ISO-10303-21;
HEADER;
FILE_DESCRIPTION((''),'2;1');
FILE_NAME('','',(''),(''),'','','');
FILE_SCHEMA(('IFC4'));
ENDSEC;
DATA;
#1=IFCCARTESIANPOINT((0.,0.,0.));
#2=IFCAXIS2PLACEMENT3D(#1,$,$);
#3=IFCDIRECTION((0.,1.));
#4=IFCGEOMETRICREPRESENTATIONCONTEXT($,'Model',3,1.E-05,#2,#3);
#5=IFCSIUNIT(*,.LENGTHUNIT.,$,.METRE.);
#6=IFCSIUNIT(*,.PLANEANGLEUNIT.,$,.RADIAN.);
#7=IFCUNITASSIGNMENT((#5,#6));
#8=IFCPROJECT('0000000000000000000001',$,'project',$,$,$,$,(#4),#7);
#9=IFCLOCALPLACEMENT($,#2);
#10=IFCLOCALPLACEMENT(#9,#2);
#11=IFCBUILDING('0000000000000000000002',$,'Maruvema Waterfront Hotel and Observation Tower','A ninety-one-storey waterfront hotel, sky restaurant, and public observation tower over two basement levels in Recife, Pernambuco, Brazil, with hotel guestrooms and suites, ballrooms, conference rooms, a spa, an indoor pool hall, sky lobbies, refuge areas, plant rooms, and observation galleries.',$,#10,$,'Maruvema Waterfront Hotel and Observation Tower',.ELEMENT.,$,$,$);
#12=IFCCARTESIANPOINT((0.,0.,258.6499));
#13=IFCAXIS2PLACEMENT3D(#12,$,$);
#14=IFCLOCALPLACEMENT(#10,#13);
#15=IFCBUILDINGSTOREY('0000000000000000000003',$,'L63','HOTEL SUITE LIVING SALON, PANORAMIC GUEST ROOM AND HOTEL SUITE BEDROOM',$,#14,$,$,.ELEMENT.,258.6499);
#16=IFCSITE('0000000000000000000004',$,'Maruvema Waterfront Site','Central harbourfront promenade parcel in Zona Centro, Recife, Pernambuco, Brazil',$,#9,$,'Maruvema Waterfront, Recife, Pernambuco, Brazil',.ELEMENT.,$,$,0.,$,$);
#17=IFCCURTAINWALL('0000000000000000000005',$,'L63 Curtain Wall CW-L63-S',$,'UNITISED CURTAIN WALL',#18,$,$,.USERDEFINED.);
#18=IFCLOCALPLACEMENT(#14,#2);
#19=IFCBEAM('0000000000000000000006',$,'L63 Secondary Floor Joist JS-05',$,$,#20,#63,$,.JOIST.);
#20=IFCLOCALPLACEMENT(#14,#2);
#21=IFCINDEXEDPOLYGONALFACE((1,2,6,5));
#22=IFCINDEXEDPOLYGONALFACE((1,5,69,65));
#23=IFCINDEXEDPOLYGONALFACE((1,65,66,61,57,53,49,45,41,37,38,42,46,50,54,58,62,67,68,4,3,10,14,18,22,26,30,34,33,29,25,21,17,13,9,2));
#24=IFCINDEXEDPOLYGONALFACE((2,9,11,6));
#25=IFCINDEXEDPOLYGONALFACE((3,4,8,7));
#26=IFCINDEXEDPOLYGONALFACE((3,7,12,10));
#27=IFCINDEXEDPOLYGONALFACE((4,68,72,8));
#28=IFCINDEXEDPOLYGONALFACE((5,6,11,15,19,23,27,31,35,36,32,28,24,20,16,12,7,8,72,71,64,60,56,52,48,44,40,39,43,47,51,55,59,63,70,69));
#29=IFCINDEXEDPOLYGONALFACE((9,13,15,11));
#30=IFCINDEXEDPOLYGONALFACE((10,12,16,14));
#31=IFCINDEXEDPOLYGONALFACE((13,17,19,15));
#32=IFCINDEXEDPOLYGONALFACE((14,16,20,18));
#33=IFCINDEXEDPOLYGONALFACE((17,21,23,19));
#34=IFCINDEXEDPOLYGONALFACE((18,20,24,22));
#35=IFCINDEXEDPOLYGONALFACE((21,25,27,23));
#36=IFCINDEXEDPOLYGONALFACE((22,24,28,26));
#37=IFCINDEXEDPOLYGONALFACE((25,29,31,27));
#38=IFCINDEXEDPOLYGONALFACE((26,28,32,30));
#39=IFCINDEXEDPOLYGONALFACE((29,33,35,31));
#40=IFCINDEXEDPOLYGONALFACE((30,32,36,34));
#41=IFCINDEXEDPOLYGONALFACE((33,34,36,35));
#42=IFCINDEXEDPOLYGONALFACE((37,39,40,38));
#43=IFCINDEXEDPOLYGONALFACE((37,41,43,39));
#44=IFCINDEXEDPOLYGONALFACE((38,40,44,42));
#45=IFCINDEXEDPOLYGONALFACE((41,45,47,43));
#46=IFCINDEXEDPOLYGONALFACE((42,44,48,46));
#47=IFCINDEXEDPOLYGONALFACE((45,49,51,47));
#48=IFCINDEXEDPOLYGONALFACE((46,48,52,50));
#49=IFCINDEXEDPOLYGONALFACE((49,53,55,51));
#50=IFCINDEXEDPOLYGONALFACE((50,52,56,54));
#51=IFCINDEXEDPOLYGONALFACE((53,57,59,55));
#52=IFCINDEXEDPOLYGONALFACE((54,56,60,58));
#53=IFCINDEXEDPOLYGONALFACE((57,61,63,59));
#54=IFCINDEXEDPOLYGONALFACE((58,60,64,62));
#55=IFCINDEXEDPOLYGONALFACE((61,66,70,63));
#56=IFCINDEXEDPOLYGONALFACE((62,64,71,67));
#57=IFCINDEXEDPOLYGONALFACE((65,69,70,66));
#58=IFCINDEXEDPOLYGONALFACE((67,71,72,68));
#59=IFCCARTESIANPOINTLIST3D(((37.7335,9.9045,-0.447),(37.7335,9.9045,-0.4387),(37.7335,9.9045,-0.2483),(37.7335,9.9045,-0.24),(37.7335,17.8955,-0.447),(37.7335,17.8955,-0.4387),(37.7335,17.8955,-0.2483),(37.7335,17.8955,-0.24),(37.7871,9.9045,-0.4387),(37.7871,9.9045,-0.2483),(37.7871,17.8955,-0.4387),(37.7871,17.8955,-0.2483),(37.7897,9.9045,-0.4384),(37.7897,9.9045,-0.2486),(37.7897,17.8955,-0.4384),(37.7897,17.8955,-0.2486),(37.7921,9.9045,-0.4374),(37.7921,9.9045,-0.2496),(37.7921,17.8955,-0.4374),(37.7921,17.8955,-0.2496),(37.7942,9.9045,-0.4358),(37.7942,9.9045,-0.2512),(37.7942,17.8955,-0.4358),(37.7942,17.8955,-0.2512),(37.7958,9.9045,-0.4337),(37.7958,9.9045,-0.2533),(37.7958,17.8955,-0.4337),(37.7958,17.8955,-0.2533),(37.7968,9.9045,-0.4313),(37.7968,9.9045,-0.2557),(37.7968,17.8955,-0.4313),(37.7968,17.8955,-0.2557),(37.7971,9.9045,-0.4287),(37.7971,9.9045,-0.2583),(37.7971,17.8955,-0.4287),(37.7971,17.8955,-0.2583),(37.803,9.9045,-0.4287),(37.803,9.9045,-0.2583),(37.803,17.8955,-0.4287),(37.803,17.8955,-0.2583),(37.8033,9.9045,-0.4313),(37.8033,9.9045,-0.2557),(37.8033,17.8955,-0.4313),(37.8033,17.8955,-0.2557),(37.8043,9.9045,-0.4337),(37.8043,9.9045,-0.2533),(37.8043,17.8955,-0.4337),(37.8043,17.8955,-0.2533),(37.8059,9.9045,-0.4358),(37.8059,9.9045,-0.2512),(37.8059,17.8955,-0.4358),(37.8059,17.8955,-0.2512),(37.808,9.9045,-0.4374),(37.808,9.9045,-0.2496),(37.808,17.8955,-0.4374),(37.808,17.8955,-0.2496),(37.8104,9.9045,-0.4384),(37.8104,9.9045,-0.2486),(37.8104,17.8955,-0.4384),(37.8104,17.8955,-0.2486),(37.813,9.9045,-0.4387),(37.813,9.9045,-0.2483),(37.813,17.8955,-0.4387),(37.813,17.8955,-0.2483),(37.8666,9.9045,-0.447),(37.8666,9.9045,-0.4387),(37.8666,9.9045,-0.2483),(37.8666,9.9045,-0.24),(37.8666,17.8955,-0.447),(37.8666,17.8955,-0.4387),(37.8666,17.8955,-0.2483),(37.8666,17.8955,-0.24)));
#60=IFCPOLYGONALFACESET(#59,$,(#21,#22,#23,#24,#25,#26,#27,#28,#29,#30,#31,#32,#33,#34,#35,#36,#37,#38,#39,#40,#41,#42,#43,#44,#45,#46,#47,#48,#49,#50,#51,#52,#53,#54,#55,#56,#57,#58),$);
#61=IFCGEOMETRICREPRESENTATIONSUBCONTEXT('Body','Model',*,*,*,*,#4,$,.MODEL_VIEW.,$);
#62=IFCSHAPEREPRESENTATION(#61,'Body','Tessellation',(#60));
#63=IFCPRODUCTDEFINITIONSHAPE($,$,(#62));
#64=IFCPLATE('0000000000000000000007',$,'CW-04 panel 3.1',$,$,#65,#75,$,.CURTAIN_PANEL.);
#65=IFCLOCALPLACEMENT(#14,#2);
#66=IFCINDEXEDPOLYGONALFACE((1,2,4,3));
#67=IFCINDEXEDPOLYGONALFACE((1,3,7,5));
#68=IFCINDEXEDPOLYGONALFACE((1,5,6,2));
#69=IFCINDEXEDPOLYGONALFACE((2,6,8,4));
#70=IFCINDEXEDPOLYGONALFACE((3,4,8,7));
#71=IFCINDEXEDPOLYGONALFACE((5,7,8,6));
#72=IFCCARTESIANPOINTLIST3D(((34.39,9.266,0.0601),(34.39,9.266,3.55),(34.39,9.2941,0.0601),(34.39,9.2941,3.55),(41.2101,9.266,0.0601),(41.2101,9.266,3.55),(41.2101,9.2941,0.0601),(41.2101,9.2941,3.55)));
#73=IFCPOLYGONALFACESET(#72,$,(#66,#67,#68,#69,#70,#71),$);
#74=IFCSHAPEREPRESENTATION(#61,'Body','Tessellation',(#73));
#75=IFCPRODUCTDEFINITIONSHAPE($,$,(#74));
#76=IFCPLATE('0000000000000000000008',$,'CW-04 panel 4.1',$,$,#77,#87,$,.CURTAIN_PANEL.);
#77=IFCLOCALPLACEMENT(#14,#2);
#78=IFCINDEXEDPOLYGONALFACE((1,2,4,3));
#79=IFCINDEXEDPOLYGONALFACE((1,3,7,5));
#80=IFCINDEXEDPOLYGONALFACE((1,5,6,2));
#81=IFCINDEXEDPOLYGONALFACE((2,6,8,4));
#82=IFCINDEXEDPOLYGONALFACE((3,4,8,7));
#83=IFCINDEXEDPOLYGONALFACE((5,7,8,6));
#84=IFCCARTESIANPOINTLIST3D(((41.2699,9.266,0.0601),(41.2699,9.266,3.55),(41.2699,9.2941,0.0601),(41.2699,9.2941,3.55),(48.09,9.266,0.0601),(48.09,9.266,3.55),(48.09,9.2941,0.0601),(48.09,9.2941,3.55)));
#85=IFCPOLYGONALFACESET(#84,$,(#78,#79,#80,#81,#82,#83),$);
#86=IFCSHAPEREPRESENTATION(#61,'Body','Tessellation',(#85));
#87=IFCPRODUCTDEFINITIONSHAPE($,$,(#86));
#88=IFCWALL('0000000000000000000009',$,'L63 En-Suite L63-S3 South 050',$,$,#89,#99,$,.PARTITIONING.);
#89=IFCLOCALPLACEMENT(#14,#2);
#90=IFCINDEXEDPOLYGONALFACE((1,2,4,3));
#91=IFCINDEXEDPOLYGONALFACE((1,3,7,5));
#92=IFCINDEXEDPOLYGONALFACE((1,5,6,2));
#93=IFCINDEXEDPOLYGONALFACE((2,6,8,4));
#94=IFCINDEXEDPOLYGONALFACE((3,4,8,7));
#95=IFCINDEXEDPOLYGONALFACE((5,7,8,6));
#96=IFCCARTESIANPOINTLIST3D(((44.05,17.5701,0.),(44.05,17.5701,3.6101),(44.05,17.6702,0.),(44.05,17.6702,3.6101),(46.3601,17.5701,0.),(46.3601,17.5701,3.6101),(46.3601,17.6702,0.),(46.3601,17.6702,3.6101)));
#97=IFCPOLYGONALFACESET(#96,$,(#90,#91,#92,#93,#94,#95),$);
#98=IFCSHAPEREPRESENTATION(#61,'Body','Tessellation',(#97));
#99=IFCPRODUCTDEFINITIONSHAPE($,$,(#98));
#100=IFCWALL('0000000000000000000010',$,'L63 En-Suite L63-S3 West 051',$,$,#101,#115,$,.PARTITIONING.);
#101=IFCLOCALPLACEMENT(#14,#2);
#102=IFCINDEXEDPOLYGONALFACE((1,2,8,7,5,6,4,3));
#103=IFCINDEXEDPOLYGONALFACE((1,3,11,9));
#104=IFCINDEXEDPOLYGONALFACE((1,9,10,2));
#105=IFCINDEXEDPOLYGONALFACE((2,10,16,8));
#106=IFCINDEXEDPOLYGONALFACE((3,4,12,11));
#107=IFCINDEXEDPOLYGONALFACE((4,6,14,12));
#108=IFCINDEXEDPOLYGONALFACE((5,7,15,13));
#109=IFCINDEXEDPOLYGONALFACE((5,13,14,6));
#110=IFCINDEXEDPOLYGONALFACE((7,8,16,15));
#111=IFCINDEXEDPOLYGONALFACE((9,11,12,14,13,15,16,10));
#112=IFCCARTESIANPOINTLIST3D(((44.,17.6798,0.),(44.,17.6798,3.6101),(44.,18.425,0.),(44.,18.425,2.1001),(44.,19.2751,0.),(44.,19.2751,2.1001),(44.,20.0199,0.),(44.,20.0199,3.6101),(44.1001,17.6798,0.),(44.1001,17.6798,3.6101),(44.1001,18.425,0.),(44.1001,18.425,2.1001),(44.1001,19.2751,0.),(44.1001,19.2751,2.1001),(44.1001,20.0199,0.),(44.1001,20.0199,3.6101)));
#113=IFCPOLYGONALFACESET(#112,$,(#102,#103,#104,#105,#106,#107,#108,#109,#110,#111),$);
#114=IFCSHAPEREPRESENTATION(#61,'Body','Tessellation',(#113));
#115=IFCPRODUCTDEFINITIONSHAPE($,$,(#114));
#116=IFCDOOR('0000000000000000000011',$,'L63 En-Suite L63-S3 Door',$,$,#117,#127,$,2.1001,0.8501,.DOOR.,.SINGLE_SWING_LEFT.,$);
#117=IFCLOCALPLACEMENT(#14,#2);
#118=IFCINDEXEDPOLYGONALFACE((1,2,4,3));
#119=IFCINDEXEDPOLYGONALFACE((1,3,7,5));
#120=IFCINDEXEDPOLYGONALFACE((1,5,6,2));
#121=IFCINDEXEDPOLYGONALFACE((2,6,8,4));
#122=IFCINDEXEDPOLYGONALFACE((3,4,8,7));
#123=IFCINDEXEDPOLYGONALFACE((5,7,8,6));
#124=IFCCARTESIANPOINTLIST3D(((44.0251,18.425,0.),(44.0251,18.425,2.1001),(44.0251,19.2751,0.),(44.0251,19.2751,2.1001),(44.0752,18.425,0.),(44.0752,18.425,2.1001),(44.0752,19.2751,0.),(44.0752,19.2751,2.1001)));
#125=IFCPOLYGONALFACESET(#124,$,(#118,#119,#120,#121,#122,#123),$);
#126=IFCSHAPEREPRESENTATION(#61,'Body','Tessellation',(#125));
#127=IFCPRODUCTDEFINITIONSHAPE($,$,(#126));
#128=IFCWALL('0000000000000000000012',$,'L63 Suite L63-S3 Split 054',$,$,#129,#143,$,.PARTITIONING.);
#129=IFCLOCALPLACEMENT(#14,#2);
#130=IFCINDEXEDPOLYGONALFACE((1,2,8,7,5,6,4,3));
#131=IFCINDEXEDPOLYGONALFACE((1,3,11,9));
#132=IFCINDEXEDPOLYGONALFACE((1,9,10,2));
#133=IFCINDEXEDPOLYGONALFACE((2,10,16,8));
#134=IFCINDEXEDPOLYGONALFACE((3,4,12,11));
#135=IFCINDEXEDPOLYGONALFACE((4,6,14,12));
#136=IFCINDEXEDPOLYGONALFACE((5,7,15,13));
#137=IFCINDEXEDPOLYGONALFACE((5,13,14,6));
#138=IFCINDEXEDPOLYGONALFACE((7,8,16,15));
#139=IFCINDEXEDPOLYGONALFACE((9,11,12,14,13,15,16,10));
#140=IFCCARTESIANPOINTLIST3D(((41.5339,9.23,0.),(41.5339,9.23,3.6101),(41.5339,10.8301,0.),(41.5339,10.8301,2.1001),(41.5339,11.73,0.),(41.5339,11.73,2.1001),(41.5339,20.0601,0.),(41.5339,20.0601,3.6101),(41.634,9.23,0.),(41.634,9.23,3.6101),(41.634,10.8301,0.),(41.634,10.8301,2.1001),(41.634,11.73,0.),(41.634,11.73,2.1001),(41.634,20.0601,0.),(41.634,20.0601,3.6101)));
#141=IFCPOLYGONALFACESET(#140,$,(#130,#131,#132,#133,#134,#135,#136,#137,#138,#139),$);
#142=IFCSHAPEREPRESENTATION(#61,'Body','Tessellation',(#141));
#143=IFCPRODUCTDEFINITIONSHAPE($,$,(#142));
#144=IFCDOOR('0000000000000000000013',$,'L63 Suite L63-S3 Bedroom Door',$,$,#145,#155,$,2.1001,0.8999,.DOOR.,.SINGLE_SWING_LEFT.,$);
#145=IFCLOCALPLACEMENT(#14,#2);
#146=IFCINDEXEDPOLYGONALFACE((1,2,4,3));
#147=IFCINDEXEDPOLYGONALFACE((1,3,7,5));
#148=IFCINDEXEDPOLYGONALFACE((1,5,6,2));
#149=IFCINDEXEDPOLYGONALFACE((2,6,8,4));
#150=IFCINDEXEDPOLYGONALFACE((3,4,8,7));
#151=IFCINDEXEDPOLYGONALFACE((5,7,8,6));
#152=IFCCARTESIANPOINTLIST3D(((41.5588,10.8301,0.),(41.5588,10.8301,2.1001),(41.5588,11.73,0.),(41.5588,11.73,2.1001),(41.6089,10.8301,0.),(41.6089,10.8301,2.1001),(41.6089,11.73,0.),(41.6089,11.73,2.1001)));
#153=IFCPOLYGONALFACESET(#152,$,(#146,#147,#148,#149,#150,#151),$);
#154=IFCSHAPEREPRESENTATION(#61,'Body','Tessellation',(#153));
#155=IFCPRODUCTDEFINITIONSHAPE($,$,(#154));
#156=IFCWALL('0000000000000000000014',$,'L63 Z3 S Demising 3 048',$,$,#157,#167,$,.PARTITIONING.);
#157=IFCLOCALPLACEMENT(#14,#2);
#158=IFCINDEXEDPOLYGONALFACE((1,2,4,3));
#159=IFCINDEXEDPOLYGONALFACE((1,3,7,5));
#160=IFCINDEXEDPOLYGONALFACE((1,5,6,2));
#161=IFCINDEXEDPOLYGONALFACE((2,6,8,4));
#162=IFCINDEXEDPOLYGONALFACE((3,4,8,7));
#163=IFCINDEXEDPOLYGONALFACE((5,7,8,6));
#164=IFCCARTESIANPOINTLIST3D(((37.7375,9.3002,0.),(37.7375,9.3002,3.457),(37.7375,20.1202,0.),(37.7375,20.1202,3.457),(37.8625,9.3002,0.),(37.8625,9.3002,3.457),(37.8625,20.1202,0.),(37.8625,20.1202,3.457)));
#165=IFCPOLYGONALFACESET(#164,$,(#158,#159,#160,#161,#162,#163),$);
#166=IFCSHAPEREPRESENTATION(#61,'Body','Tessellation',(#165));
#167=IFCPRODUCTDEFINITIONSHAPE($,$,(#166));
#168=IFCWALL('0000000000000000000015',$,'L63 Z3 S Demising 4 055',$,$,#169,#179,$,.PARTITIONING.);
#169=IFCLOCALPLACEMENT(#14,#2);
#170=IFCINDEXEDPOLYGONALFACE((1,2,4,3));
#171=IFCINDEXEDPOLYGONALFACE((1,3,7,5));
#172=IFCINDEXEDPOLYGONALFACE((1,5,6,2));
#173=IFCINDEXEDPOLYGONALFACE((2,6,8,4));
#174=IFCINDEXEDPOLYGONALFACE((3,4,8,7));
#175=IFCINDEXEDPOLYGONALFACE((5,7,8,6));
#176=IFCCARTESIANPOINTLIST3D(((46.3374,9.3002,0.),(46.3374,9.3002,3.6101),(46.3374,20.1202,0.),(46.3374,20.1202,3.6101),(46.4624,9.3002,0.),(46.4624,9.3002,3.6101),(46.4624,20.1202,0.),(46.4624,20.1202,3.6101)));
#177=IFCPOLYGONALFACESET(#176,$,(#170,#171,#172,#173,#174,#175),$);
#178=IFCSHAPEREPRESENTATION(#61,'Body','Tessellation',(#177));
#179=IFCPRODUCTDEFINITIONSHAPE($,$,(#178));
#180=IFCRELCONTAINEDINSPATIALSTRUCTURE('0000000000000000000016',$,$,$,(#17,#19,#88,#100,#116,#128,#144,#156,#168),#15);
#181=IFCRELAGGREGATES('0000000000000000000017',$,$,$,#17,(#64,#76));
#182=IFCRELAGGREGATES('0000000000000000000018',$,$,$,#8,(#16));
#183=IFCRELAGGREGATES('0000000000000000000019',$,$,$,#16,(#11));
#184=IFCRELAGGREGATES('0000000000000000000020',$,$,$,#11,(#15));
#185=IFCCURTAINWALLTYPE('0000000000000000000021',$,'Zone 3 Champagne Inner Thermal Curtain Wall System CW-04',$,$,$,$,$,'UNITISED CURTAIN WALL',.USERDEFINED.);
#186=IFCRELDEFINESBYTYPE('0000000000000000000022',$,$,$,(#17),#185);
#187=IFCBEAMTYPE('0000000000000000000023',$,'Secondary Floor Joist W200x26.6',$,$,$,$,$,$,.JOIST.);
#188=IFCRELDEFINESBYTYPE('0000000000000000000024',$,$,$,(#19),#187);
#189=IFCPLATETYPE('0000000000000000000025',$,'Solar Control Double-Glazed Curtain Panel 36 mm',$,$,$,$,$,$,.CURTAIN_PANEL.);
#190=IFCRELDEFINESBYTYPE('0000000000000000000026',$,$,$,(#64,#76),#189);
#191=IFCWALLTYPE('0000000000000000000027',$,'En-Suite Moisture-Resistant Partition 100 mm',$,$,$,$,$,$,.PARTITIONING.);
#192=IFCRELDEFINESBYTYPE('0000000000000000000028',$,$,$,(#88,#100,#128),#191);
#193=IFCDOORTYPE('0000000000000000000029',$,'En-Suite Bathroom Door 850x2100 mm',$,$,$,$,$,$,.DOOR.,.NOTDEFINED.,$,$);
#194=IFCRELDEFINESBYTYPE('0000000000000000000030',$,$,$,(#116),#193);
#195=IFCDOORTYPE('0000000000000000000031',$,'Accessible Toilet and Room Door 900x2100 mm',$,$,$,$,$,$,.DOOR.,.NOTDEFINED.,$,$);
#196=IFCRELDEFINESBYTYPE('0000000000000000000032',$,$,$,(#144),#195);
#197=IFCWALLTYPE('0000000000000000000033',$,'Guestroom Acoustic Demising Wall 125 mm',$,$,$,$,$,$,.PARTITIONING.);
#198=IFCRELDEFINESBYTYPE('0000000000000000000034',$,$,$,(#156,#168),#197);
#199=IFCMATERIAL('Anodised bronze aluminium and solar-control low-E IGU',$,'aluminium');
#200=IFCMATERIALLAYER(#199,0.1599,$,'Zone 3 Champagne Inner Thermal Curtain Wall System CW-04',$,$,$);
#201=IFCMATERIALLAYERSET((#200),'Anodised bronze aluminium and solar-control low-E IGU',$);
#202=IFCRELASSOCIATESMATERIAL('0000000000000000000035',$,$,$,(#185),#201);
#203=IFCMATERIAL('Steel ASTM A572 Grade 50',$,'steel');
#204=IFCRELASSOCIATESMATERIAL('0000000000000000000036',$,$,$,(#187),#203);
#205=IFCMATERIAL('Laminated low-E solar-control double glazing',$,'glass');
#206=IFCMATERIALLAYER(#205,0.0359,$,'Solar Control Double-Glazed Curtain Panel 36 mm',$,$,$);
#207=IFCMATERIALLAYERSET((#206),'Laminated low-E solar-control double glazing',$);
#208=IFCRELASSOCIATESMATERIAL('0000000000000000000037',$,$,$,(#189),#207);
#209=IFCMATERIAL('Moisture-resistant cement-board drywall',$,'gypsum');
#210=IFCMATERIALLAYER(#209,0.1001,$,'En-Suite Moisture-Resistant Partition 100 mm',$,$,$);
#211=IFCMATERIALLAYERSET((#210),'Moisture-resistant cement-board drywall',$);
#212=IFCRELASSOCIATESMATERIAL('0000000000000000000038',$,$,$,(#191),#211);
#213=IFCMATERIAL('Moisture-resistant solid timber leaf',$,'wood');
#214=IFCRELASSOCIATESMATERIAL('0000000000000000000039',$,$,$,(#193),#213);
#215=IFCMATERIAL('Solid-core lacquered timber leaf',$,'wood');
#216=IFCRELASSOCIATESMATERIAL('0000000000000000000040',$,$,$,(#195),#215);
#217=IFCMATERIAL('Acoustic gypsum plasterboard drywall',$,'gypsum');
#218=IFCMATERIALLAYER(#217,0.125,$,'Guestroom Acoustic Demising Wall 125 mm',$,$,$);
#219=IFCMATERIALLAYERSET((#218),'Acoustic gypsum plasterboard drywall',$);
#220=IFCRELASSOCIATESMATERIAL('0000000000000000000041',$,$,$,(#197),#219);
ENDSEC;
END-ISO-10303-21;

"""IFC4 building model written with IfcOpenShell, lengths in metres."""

from ifc_helpers import new_model, si_unit, direction, frame, frame_2d, origin, origin_2d, place, context, subcontext, project, spatial, rectangle, i_section, extrude, material, layer, layer_set, material_profile, profile_set, type_object, element, fill, aggregate, save


model = new_model("IFC4")

# Units and contexts
model_context = context("Model", 3, precision=1e-05, world=origin(), true_north=direction((0.0, 1.0)))
body_context = subcontext(model_context, "Body", "Model", "MODEL_VIEW")
ifc_project = project(units=[si_unit("LENGTHUNIT", "METRE"), si_unit("PLANEANGLEUNIT", "RADIAN")], contexts=[model_context])

# Site, building, storey
site_placement = place(None, origin())
site = spatial("IfcSite", under=ifc_project, at=site_placement, Name="Maruvema Waterfront Site", Description="Central harbourfront promenade parcel in Zona Centro, Recife, Pernambuco, Brazil", LongName="Maruvema Waterfront, Recife, Pernambuco, Brazil", CompositionType="ELEMENT", RefElevation=0.0)
building_placement = place(site_placement, origin())
building = spatial("IfcBuilding", under=site, at=building_placement, Name="Maruvema Waterfront Hotel and Observation Tower", Description="A ninety-one-storey waterfront hotel, sky restaurant, and public observation tower over two basement levels in Recife, Pernambuco, Brazil, with hotel guestrooms and suites, ballrooms, conference rooms, a spa, an indoor pool hall, sky lobbies, refuge areas, plant rooms, and observation galleries.", LongName="Maruvema Waterfront Hotel and Observation Tower", CompositionType="ELEMENT")
storey_placement = place(building_placement, frame((0.0, 0.0, 258.6499)))
storey = spatial("IfcBuildingStorey", under=building, at=storey_placement, Name="L63", Description="HOTEL SUITE LIVING SALON, PANORAMIC GUEST ROOM AND HOTEL SUITE BEDROOM", CompositionType="ELEMENT", Elevation=258.6499)

# Curtain wall
ifc_material_1 = material(Name="Anodised bronze aluminium and solar-control low-E IGU", Category="aluminium")
ifc_layer_1 = layer(ifc_material_1, 0.1599, Name="Zone 3 Champagne Inner Thermal Curtain Wall System CW-04")
ifc_layer_set_1 = layer_set([ifc_layer_1], Name="Anodised bronze aluminium and solar-control low-E IGU")
curtain_wall_type = type_object("IfcCurtainWallType", Name="Zone 3 Champagne Inner Thermal Curtain Wall System CW-04", ElementType="UNITISED CURTAIN WALL", PredefinedType="USERDEFINED", material=ifc_layer_set_1)
curtain_wall_placement = place(storey_placement, origin())
curtain_wall = element("IfcCurtainWall", 1, at=curtain_wall_placement, inside=storey, type_object=curtain_wall_type, Name="L63 Curtain Wall CW-L63-S", ObjectType="UNITISED CURTAIN WALL", PredefinedType="USERDEFINED")

# Beam
ifc_material_2 = material(Name="Steel ASTM A572 Grade 50", Category="steel")
ifc_material_profile_1 = material_profile(ifc_material_2, i_section(OverallWidth=0.1331, OverallDepth=0.207, WebThickness=0.0059, FlangeThickness=0.0083, FilletRadius=0.01, at=origin_2d()), Name="W200x26.6")
ifc_profile_set_1 = profile_set([ifc_material_profile_1], Name="Steel ASTM A572 Grade 50")
beam_type_1 = type_object("IfcBeamType", Name="Secondary Floor Joist W200x26.6", PredefinedType="JOIST", material=ifc_profile_set_1)
beam_1_placement = place(storey_placement, frame((37.8, 9.9045, -0.3435), z_axis=(0.0, 1.0, 0.0), x_axis=(-1.0, 0.0, 0.0)))
element("IfcBeam", 2, at=beam_1_placement, inside=storey, type_object=beam_type_1, Name="L63 Secondary Floor Joist JS-05", PredefinedType="JOIST", context=body_context, shape_type="SweptSolid", body=[
    extrude(i_section(OverallWidth=0.1331, OverallDepth=0.207, WebThickness=0.0059, FlangeThickness=0.0083, FilletRadius=0.01, at=origin_2d()), origin(), (0.0, 0.0, 1.0), 7.991),
])

# Plates
ifc_material_3 = material(Name="Laminated low-E solar-control double glazing", Category="glass")
ifc_layer_2 = layer(ifc_material_3, 0.0359, Name="Solar Control Double-Glazed Curtain Panel 36 mm")
ifc_layer_set_2 = layer_set([ifc_layer_2], Name="Laminated low-E solar-control double glazing")
plate_type = type_object("IfcPlateType", Name="Solar Control Double-Glazed Curtain Panel 36 mm", PredefinedType="CURTAIN_PANEL", material=ifc_layer_set_2)
plate_1_placement = place(storey_placement, frame((37.8, 9.28, 0.0601), z_axis=(0.0, 0.0, 1.0), x_axis=(1.0, 0.0, 0.0)))
plate_1 = element("IfcPlate", 3, at=plate_1_placement, type_object=plate_type, Name="CW-04 panel 3.1", PredefinedType="CURTAIN_PANEL", context=body_context, shape_type="SweptSolid", body=[
    extrude(rectangle(XDim=6.8201, YDim=0.0281, at=origin_2d()), origin(), (0.0, 0.0, 1.0), 3.49),
])
plate_2_placement = place(storey_placement, frame((44.6799, 9.28, 0.0601), z_axis=(0.0, 0.0, 1.0), x_axis=(1.0, 0.0, 0.0)))
plate_2 = element("IfcPlate", 4, at=plate_2_placement, type_object=plate_type, Name="CW-04 panel 4.1", PredefinedType="CURTAIN_PANEL", context=body_context, shape_type="SweptSolid", body=[
    extrude(rectangle(XDim=6.8201, YDim=0.0281, at=origin_2d()), origin(), (0.0, 0.0, 1.0), 3.49),
])
aggregate(curtain_wall, [plate_1, plate_2])

# Wall
ifc_material_4 = material(Name="Moisture-resistant cement-board drywall", Category="gypsum")
ifc_layer_3 = layer(ifc_material_4, 0.1001, Name="En-Suite Moisture-Resistant Partition 100 mm")
ifc_layer_set_3 = layer_set([ifc_layer_3], Name="Moisture-resistant cement-board drywall")
wall_type_1 = type_object("IfcWallType", Name="En-Suite Moisture-Resistant Partition 100 mm", PredefinedType="PARTITIONING", material=ifc_layer_set_3)
wall_1_placement = place(storey_placement, frame((44.05, 17.6201, 0.0), z_axis=(0.0, 0.0, 1.0), x_axis=(1.0, 0.0, 0.0)))
element("IfcWall", 5, at=wall_1_placement, inside=storey, type_object=wall_type_1, Name="L63 En-Suite L63-S3 South 050", PredefinedType="PARTITIONING", context=body_context, shape_type="SweptSolid", body=[
    extrude(rectangle(XDim=2.3101, YDim=0.1001, at=frame_2d((1.155, 0.0))), origin(), (0.0, 0.0, 1.0), 3.6101),
])

# Walls, openings, doors
wall_2_placement = place(storey_placement, frame((44.05, 17.6799, 0.0), z_axis=(0.0, 0.0, 1.0), x_axis=(0.0, 1.0, 0.0)))
wall_2 = element("IfcWall", 6, at=wall_2_placement, inside=storey, type_object=wall_type_1, Name="L63 En-Suite L63-S3 West 051", PredefinedType="PARTITIONING", context=body_context, shape_type="SweptSolid", body=[
    extrude(rectangle(XDim=2.3401, YDim=0.1001, at=frame_2d((1.1699, 0.0))), origin(), (0.0, 0.0, 1.0), 3.6101),
])
opening_1_placement = place(wall_2_placement, frame((0.7451, 0.0, 0.0)))
opening_1 = element("IfcOpeningElement", 7, at=opening_1_placement, cuts=wall_2, PredefinedType="OPENING", context=body_context, shape_type="SweptSolid", body=[
    extrude(rectangle(XDim=0.8501, YDim=2.1001, at=frame_2d((0.425, 1.05))), frame((0.0, 0.0601, 0.0), z_axis=(0.0, -1.0, 0.0), x_axis=(1.0, 0.0, 0.0)), (0.0, 0.0, 1.0), 0.1201),
])
ifc_material_5 = material(Name="Moisture-resistant solid timber leaf", Category="wood")
door_type_1 = type_object("IfcDoorType", Name="En-Suite Bathroom Door 850x2100 mm", OperationType="NOTDEFINED", PredefinedType="DOOR", material=ifc_material_5)
door_1_placement = place(opening_1_placement, origin())
door_1 = element("IfcDoor", 8, at=door_1_placement, inside=storey, type_object=door_type_1, Name="L63 En-Suite L63-S3 Door", OperationType="SINGLE_SWING_LEFT", OverallHeight=2.1001, OverallWidth=0.8501, PredefinedType="DOOR", context=body_context, shape_type="SweptSolid", body=[
    extrude(rectangle(XDim=0.8501, YDim=2.1001, at=frame_2d((0.425, 1.05))), frame((0.0, 0.0249, 0.0), z_axis=(0.0, -1.0, 0.0), x_axis=(1.0, 0.0, 0.0)), (0.0, 0.0, 1.0), 0.05),
])
fill(opening_1, door_1)
wall_3_placement = place(storey_placement, frame((41.584, 9.23, 0.0), z_axis=(0.0, 0.0, 1.0), x_axis=(0.0, 1.0, 0.0)))
wall_3 = element("IfcWall", 9, at=wall_3_placement, inside=storey, type_object=wall_type_1, Name="L63 Suite L63-S3 Split 054", PredefinedType="PARTITIONING", context=body_context, shape_type="SweptSolid", body=[
    extrude(rectangle(XDim=10.8301, YDim=0.1001, at=frame_2d((5.415, 0.0))), origin(), (0.0, 0.0, 1.0), 3.6101),
])
opening_2_placement = place(wall_3_placement, frame((1.6001, 0.0, 0.0)))
opening_2 = element("IfcOpeningElement", 10, at=opening_2_placement, cuts=wall_3, PredefinedType="OPENING", context=body_context, shape_type="SweptSolid", body=[
    extrude(rectangle(XDim=0.8999, YDim=2.1001, at=frame_2d((0.45, 1.05))), frame((0.0, 0.0601, 0.0), z_axis=(0.0, -1.0, 0.0), x_axis=(1.0, 0.0, 0.0)), (0.0, 0.0, 1.0), 0.1201),
])
ifc_material_6 = material(Name="Solid-core lacquered timber leaf", Category="wood")
door_type_2 = type_object("IfcDoorType", Name="Accessible Toilet and Room Door 900x2100 mm", OperationType="NOTDEFINED", PredefinedType="DOOR", material=ifc_material_6)
door_2_placement = place(opening_2_placement, frame((0.8999, 0.0, 0.0), z_axis=(0.0, 0.0, 1.0), x_axis=(-1.0, 0.0, 0.0)))
door_2 = element("IfcDoor", 11, at=door_2_placement, inside=storey, type_object=door_type_2, Name="L63 Suite L63-S3 Bedroom Door", OperationType="SINGLE_SWING_LEFT", OverallHeight=2.1001, OverallWidth=0.8999, PredefinedType="DOOR", context=body_context, shape_type="SweptSolid", body=[
    extrude(rectangle(XDim=0.8999, YDim=2.1001, at=frame_2d((0.45, 1.05))), frame((0.0, 0.0249, 0.0), z_axis=(0.0, -1.0, 0.0), x_axis=(1.0, 0.0, 0.0)), (0.0, 0.0, 1.0), 0.05),
])
fill(opening_2, door_2)

# Walls
ifc_material_7 = material(Name="Acoustic gypsum plasterboard drywall", Category="gypsum")
ifc_layer_4 = layer(ifc_material_7, 0.125, Name="Guestroom Acoustic Demising Wall 125 mm")
ifc_layer_set_4 = layer_set([ifc_layer_4], Name="Acoustic gypsum plasterboard drywall")
wall_type_2 = type_object("IfcWallType", Name="Guestroom Acoustic Demising Wall 125 mm", PredefinedType="PARTITIONING", material=ifc_layer_set_4)
wall_4_placement = place(storey_placement, frame((37.8, 9.3, 0.0), z_axis=(0.0, 0.0, 1.0), x_axis=(0.0, 1.0, 0.0)))
element("IfcWall", 12, at=wall_4_placement, inside=storey, type_object=wall_type_2, Name="L63 Z3 S Demising 3 048", PredefinedType="PARTITIONING", context=body_context, shape_type="SweptSolid", body=[
    extrude(rectangle(XDim=10.8201, YDim=0.125, at=frame_2d((5.4102, 0.0))), origin(), (0.0, 0.0, 1.0), 3.457),
])
wall_5_placement = place(storey_placement, frame((46.3999, 9.3, 0.0), z_axis=(0.0, 0.0, 1.0), x_axis=(0.0, 1.0, 0.0)))
element("IfcWall", 13, at=wall_5_placement, inside=storey, type_object=wall_type_2, Name="L63 Z3 S Demising 4 055", PredefinedType="PARTITIONING", context=body_context, shape_type="SweptSolid", body=[
    extrude(rectangle(XDim=10.8201, YDim=0.125, at=frame_2d((5.4102, 0.0))), origin(), (0.0, 0.0, 1.0), 3.6101),
])

save(model, "model.ifc")
